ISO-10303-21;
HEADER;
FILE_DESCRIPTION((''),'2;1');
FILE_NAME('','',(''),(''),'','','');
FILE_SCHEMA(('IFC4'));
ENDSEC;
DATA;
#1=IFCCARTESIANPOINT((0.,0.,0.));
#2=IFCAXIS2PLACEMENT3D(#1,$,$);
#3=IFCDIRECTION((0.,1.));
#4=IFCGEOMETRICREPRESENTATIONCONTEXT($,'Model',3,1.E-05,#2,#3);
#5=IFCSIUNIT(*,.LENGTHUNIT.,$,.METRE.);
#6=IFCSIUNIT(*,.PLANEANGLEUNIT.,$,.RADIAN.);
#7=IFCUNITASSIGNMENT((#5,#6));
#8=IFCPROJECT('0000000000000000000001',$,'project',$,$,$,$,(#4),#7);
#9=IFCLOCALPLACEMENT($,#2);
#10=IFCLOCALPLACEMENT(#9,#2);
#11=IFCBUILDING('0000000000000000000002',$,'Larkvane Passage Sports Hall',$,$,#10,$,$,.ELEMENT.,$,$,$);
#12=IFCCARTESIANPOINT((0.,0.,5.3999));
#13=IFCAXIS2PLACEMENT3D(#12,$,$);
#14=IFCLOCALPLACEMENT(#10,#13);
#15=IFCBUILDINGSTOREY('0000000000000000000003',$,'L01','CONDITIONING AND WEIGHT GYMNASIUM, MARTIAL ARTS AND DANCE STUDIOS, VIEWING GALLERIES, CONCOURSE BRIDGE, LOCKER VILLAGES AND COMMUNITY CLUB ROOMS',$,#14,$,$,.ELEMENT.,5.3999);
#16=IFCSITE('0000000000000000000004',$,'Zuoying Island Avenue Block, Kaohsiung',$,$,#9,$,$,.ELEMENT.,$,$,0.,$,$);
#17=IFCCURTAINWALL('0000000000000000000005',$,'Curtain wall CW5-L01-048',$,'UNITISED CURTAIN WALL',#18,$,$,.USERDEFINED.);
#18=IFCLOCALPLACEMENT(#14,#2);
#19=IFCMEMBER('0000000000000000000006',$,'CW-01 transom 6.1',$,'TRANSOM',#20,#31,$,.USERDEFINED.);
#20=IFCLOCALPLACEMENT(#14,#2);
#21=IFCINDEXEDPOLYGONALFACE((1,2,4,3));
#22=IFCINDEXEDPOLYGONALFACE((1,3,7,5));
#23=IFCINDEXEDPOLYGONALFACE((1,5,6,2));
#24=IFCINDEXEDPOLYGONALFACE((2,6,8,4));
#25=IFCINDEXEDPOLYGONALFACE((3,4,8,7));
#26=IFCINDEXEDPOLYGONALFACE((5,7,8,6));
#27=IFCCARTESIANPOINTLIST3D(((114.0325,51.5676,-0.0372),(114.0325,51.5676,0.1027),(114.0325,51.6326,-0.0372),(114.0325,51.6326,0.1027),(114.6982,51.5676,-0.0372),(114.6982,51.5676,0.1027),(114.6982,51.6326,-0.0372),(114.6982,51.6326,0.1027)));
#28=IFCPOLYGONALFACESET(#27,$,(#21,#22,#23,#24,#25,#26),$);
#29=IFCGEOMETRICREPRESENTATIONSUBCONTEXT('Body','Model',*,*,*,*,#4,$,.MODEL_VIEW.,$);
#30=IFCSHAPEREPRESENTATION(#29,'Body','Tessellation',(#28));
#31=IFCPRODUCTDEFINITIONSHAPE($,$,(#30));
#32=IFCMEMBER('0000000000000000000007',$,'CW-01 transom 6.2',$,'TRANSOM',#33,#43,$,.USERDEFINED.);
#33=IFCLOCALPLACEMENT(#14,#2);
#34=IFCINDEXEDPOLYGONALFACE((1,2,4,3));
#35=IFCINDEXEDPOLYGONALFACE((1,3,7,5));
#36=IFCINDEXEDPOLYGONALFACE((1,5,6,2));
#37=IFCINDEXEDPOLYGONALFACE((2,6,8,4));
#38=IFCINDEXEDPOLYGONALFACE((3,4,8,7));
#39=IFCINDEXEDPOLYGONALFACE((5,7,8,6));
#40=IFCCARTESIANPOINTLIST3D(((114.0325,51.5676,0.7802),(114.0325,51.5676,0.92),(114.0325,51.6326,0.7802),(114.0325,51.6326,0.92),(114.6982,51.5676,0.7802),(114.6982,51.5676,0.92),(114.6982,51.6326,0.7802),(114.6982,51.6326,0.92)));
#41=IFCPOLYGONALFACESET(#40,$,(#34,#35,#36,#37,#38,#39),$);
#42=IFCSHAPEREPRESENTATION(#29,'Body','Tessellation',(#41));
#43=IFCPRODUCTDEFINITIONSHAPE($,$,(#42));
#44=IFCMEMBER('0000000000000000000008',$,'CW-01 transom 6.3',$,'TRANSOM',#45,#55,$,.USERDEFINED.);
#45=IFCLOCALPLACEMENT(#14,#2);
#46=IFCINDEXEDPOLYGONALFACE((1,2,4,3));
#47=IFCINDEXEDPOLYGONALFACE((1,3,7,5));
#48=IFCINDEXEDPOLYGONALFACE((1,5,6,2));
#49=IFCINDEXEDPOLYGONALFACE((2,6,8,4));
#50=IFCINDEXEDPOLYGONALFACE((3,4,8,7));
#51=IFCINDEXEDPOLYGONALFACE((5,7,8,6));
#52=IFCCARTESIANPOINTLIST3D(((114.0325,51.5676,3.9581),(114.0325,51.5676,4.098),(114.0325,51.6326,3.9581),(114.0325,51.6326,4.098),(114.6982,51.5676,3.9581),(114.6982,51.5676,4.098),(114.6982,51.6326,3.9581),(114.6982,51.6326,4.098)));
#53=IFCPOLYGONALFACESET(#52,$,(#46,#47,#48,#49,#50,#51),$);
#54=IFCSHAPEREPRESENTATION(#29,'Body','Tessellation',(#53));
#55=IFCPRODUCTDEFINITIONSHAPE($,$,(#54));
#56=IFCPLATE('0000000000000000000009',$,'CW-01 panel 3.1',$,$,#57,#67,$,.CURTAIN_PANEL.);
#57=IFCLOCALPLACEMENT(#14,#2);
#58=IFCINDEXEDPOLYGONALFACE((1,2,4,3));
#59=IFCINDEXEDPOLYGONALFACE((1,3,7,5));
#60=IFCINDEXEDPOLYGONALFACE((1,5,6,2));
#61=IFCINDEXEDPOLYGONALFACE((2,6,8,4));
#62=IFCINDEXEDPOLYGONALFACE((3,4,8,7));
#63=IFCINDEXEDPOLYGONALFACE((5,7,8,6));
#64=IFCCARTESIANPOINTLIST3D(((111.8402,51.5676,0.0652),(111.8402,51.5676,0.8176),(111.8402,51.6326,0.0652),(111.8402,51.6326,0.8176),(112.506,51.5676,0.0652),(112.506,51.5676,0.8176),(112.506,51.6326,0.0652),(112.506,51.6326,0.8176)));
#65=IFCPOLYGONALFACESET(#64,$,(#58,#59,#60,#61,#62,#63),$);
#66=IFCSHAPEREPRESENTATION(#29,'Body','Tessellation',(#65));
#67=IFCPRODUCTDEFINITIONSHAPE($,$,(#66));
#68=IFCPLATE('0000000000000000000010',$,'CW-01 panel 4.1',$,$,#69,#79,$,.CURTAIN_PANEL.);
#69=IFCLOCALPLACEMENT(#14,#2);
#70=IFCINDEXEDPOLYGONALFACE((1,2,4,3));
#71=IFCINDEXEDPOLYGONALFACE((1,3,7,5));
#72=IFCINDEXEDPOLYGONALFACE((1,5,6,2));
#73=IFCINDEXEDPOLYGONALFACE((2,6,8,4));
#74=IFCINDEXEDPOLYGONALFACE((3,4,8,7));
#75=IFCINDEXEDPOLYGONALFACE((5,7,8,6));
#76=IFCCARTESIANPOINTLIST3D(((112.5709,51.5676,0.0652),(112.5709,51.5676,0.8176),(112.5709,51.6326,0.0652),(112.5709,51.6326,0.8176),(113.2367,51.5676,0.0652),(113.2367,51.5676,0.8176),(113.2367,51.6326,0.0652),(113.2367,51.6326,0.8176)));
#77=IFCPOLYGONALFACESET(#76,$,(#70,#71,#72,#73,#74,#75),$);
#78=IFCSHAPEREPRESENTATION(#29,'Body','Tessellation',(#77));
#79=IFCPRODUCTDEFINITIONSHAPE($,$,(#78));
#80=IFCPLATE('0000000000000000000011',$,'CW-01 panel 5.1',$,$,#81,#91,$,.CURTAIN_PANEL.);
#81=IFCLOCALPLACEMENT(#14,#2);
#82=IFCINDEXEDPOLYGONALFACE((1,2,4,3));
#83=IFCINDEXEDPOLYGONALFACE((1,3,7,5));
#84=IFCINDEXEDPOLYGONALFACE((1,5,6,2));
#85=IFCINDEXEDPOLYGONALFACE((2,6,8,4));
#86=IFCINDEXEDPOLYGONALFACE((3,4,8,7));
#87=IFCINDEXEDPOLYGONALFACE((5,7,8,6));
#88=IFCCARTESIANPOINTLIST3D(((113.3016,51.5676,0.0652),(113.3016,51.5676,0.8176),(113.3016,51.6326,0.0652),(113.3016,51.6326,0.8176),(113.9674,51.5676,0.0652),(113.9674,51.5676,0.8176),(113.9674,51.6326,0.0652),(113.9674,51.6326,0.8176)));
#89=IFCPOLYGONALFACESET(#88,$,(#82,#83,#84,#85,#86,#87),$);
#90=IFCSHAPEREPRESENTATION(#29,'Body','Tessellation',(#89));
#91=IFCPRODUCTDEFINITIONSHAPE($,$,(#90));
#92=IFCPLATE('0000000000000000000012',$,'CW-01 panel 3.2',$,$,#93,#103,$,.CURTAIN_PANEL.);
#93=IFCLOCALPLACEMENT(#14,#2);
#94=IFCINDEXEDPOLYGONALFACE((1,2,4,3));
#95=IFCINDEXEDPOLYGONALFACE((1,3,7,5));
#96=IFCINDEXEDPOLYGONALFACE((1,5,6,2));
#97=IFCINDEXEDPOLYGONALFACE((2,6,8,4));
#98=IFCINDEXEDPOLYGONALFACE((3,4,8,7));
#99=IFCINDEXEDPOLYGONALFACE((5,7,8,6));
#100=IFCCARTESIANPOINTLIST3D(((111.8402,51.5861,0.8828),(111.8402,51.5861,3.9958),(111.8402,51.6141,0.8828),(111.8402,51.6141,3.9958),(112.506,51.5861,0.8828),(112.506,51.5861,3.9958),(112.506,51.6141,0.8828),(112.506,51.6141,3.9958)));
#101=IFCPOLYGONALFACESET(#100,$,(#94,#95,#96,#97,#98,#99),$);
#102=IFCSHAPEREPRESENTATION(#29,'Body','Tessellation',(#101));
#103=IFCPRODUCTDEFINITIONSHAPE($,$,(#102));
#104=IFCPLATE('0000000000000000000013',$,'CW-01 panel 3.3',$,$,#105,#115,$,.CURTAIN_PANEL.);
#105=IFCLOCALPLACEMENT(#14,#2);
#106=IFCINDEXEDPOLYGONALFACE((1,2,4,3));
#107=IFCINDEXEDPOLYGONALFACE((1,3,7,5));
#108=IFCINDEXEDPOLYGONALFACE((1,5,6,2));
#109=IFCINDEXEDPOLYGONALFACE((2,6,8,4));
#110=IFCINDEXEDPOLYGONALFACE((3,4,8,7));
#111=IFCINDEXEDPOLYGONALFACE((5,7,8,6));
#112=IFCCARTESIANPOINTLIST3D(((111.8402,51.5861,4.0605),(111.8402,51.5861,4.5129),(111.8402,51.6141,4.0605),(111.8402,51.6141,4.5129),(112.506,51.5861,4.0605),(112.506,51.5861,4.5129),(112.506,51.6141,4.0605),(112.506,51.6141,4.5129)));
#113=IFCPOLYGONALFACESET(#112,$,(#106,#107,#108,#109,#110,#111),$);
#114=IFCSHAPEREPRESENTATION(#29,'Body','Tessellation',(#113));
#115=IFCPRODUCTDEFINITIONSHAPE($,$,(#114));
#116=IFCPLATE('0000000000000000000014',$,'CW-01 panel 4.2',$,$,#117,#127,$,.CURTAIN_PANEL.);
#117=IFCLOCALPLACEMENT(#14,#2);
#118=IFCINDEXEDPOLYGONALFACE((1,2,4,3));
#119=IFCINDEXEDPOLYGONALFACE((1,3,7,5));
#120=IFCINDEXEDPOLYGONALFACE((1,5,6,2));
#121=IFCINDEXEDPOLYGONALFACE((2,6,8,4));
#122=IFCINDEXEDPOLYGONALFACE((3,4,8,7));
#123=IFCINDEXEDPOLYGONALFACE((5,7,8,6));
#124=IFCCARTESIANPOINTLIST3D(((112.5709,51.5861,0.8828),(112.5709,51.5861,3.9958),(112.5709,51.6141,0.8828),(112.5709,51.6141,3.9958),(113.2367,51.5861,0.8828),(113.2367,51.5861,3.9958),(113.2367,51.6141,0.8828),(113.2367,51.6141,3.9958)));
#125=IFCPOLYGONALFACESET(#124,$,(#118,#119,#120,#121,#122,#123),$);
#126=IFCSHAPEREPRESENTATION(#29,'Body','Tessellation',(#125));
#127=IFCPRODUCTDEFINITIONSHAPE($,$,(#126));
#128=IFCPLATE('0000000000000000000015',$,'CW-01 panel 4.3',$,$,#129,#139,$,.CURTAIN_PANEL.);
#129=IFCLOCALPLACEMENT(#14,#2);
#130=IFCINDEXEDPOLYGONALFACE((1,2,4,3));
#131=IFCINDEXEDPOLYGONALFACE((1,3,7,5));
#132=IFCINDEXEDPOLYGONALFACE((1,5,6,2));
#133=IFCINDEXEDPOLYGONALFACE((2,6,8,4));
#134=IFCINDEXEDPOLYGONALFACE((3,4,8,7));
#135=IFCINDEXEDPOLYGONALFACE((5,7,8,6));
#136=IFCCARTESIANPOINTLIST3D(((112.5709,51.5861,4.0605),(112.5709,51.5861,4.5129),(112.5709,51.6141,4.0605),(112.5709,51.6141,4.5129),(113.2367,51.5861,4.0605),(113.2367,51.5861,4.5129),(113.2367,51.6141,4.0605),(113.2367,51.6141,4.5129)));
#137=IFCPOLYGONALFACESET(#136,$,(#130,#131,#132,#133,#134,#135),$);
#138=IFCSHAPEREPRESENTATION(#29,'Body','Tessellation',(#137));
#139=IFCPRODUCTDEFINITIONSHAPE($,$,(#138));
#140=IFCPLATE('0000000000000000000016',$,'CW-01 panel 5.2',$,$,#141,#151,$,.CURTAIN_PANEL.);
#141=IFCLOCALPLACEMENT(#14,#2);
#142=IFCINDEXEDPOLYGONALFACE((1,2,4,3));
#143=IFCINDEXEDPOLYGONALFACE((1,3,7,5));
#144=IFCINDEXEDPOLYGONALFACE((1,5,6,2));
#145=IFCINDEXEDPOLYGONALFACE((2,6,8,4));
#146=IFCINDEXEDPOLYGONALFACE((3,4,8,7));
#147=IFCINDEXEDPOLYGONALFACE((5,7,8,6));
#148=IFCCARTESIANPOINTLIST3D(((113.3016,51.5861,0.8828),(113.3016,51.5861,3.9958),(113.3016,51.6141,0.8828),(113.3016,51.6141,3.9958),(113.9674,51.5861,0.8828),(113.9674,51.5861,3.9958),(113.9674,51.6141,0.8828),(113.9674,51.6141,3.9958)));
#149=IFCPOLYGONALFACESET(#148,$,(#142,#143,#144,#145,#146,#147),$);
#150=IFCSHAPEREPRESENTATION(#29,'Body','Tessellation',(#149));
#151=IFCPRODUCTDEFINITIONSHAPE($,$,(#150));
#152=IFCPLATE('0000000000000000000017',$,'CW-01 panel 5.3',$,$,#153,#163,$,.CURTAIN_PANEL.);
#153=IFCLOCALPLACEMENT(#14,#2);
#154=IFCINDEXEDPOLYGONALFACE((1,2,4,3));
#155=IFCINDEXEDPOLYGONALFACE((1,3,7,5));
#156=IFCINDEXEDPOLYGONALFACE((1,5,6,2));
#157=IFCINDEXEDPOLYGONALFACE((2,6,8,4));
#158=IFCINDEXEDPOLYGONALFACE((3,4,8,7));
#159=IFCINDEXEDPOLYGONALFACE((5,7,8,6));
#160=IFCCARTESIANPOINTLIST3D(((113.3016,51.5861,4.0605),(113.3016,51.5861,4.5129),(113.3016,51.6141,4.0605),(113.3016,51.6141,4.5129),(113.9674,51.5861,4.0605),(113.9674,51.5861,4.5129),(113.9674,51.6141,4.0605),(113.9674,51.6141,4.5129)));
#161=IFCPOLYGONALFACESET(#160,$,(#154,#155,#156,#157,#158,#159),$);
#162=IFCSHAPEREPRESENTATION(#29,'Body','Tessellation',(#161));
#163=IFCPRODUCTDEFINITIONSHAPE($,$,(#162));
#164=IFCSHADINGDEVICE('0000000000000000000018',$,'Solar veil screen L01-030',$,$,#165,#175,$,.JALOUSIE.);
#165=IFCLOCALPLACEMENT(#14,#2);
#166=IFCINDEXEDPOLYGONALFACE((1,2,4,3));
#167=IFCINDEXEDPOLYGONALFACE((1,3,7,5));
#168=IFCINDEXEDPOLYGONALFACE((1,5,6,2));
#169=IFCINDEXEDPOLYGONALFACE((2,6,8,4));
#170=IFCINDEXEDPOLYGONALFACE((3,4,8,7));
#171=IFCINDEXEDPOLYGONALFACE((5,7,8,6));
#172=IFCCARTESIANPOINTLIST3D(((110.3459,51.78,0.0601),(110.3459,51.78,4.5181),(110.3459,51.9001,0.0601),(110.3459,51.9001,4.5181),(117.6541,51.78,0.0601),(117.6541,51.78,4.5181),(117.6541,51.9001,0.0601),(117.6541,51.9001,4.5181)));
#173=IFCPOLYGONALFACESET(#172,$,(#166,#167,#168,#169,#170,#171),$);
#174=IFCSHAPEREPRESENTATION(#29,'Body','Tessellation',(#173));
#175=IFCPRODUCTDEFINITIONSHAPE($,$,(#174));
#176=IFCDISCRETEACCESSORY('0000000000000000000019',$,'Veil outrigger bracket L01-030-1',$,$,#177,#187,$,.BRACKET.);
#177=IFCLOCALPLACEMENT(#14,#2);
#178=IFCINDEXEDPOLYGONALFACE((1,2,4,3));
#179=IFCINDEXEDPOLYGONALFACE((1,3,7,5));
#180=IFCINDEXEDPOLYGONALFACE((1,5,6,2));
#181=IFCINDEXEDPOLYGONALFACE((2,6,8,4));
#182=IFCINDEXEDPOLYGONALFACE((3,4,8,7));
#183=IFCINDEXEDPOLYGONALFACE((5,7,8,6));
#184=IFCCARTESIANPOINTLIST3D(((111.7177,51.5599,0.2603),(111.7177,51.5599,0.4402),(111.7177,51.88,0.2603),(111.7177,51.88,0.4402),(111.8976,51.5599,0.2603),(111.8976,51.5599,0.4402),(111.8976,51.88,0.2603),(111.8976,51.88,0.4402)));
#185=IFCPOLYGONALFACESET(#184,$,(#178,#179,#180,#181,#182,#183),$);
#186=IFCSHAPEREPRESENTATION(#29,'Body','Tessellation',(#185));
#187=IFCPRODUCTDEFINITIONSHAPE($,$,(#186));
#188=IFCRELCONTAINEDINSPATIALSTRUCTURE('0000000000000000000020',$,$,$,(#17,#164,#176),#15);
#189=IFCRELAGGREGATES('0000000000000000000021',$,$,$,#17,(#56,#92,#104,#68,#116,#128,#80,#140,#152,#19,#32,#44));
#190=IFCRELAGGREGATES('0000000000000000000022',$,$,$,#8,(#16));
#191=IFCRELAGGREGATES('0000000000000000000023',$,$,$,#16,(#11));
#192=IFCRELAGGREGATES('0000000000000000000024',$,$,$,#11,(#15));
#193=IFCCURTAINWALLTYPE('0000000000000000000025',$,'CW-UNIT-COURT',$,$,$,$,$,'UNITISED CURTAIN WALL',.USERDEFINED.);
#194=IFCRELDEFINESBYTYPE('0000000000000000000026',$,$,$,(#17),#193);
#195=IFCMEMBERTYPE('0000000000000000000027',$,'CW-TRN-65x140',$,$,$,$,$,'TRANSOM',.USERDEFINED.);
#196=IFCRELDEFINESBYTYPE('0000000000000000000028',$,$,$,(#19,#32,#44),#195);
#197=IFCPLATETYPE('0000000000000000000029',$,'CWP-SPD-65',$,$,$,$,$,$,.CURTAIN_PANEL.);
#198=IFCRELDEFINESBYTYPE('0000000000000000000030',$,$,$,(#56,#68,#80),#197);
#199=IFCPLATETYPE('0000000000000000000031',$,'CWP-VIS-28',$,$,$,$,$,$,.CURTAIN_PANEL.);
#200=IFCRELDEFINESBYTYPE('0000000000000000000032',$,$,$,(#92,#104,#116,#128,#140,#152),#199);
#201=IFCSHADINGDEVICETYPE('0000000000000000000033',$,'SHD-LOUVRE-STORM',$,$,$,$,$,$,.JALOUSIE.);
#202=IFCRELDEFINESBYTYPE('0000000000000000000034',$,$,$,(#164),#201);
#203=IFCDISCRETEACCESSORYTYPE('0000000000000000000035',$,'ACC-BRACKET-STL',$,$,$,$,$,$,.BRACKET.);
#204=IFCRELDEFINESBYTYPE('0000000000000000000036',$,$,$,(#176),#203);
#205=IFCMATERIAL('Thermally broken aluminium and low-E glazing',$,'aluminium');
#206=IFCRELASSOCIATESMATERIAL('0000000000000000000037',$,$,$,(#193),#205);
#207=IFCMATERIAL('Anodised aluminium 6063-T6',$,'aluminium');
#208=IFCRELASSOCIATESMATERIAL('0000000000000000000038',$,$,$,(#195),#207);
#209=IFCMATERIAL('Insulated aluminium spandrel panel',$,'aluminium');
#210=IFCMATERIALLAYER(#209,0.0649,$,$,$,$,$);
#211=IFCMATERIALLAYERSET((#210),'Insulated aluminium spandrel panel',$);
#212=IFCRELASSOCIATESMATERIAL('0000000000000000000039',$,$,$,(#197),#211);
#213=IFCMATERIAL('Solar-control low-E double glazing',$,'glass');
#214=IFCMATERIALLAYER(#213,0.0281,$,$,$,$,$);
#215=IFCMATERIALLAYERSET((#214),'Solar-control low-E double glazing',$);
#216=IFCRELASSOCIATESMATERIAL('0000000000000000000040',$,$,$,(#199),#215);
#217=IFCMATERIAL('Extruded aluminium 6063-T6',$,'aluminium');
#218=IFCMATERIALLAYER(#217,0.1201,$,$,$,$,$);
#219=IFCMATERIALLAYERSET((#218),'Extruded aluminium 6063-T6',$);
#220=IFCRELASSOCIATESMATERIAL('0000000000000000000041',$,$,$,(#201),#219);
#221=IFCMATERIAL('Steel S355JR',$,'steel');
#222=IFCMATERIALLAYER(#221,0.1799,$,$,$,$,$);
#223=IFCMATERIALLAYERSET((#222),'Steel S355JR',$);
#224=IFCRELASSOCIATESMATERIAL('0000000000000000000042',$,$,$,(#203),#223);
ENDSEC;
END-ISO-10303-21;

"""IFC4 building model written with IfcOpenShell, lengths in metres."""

from ifc_helpers import new_model, si_unit, direction, frame, origin, origin_2d, place, context, subcontext, project, spatial, rectangle, extrude, material, layer, layer_set, material_profile, profile_set, type_object, element, aggregate, save


model = new_model("IFC4")

# Units and contexts
model_context = context("Model", 3, precision=1e-05, world=origin(), true_north=direction((0.0, 1.0)))
body_context = subcontext(model_context, "Body", "Model", "MODEL_VIEW")
ifc_project = project(units=[si_unit("LENGTHUNIT", "METRE"), si_unit("PLANEANGLEUNIT", "RADIAN")], contexts=[model_context])

# Site, building, storey
site_placement = place(None, origin())
site = spatial("IfcSite", under=ifc_project, at=site_placement, Name="Zuoying Island Avenue Block, Kaohsiung", CompositionType="ELEMENT", RefElevation=0.0)
building_placement = place(site_placement, origin())
building = spatial("IfcBuilding", under=site, at=building_placement, Name="Larkvane Passage Sports Hall", CompositionType="ELEMENT")
storey_placement = place(building_placement, frame((0.0, 0.0, 5.3999)))
storey = spatial("IfcBuildingStorey", under=building, at=storey_placement, Name="L01", Description="CONDITIONING AND WEIGHT GYMNASIUM, MARTIAL ARTS AND DANCE STUDIOS, VIEWING GALLERIES, CONCOURSE BRIDGE, LOCKER VILLAGES AND COMMUNITY CLUB ROOMS", CompositionType="ELEMENT", Elevation=5.3999)

# Curtain wall, members, plates
ifc_material_1 = material(Name="Thermally broken aluminium and low-E glazing", Category="aluminium")
curtain_wall_type = type_object("IfcCurtainWallType", Name="CW-UNIT-COURT", ElementType="UNITISED CURTAIN WALL", PredefinedType="USERDEFINED", material=ifc_material_1)
curtain_wall_placement = place(storey_placement, origin())
curtain_wall = element("IfcCurtainWall", 1, at=curtain_wall_placement, inside=storey, type_object=curtain_wall_type, Name="Curtain wall CW5-L01-048", ObjectType="UNITISED CURTAIN WALL", PredefinedType="USERDEFINED")
ifc_material_2 = material(Name="Anodised aluminium 6063-T6", Category="aluminium")
ifc_material_profile_1 = material_profile(ifc_material_2, rectangle(XDim=0.0649, YDim=0.1399, at=origin_2d()), Name="ALU-TRN-65x140")
ifc_profile_set_1 = profile_set([ifc_material_profile_1], Name="Anodised aluminium 6063-T6")
member_type_1 = type_object("IfcMemberType", Name="CW-TRN-65x140", ElementType="TRANSOM", PredefinedType="USERDEFINED", material=ifc_profile_set_1)
member_1_placement = place(storey_placement, frame((114.0325, 51.6001, 0.0327), z_axis=(1.0, 0.0, 0.0), x_axis=(0.0, 1.0, 0.0)))
member_1 = element("IfcMember", 2, at=member_1_placement, type_object=member_type_1, Name="CW-01 transom 6.1", ObjectType="TRANSOM", PredefinedType="USERDEFINED", context=body_context, shape_type="SweptSolid", body=[
    extrude(rectangle(XDim=0.0649, YDim=0.1399, at=origin_2d()), origin(), (0.0, 0.0, 1.0), 0.6658),
])
member_2_placement = place(storey_placement, frame((114.0325, 51.6001, 0.8501), z_axis=(1.0, 0.0, 0.0), x_axis=(0.0, 1.0, 0.0)))
member_2 = element("IfcMember", 3, at=member_2_placement, type_object=member_type_1, Name="CW-01 transom 6.2", ObjectType="TRANSOM", PredefinedType="USERDEFINED", context=body_context, shape_type="SweptSolid", body=[
    extrude(rectangle(XDim=0.0649, YDim=0.1399, at=origin_2d()), origin(), (0.0, 0.0, 1.0), 0.6658),
])
member_3_placement = place(storey_placement, frame((114.0325, 51.6001, 4.0281), z_axis=(1.0, 0.0, 0.0), x_axis=(0.0, 1.0, 0.0)))
member_3 = element("IfcMember", 4, at=member_3_placement, type_object=member_type_1, Name="CW-01 transom 6.3", ObjectType="TRANSOM", PredefinedType="USERDEFINED", context=body_context, shape_type="SweptSolid", body=[
    extrude(rectangle(XDim=0.0649, YDim=0.1399, at=origin_2d()), origin(), (0.0, 0.0, 1.0), 0.6658),
])
ifc_material_3 = material(Name="Insulated aluminium spandrel panel", Category="aluminium")
ifc_layer_1 = layer(ifc_material_3, 0.0649)
ifc_layer_set_1 = layer_set([ifc_layer_1], Name="Insulated aluminium spandrel panel")
plate_type_1 = type_object("IfcPlateType", Name="CWP-SPD-65", PredefinedType="CURTAIN_PANEL", material=ifc_layer_set_1)
plate_1_placement = place(storey_placement, frame((112.1731, 51.6001, 0.0652), z_axis=(0.0, 0.0, 1.0), x_axis=(1.0, 0.0, 0.0)))
plate_1 = element("IfcPlate", 5, at=plate_1_placement, type_object=plate_type_1, Name="CW-01 panel 3.1", PredefinedType="CURTAIN_PANEL", context=body_context, shape_type="SweptSolid", body=[
    extrude(rectangle(XDim=0.6658, YDim=0.0649, at=origin_2d()), origin(), (0.0, 0.0, 1.0), 0.7524),
])
plate_2_placement = place(storey_placement, frame((112.9038, 51.6001, 0.0652), z_axis=(0.0, 0.0, 1.0), x_axis=(1.0, 0.0, 0.0)))
plate_2 = element("IfcPlate", 6, at=plate_2_placement, type_object=plate_type_1, Name="CW-01 panel 4.1", PredefinedType="CURTAIN_PANEL", context=body_context, shape_type="SweptSolid", body=[
    extrude(rectangle(XDim=0.6658, YDim=0.0649, at=origin_2d()), origin(), (0.0, 0.0, 1.0), 0.7524),
])
plate_3_placement = place(storey_placement, frame((113.6345, 51.6001, 0.0652), z_axis=(0.0, 0.0, 1.0), x_axis=(1.0, 0.0, 0.0)))
plate_3 = element("IfcPlate", 7, at=plate_3_placement, type_object=plate_type_1, Name="CW-01 panel 5.1", PredefinedType="CURTAIN_PANEL", context=body_context, shape_type="SweptSolid", body=[
    extrude(rectangle(XDim=0.6658, YDim=0.0649, at=origin_2d()), origin(), (0.0, 0.0, 1.0), 0.7524),
])
ifc_material_4 = material(Name="Solar-control low-E double glazing", Category="glass")
ifc_layer_2 = layer(ifc_material_4, 0.0281)
ifc_layer_set_2 = layer_set([ifc_layer_2], Name="Solar-control low-E double glazing")
plate_type_2 = type_object("IfcPlateType", Name="CWP-VIS-28", PredefinedType="CURTAIN_PANEL", material=ifc_layer_set_2)
plate_4_placement = place(storey_placement, frame((112.1731, 51.6001, 0.8828), z_axis=(0.0, 0.0, 1.0), x_axis=(1.0, 0.0, 0.0)))
plate_4 = element("IfcPlate", 8, at=plate_4_placement, type_object=plate_type_2, Name="CW-01 panel 3.2", PredefinedType="CURTAIN_PANEL", context=body_context, shape_type="SweptSolid", body=[
    extrude(rectangle(XDim=0.6658, YDim=0.0281, at=origin_2d()), origin(), (0.0, 0.0, 1.0), 3.113),
])
plate_5_placement = place(storey_placement, frame((112.1731, 51.6001, 4.0605), z_axis=(0.0, 0.0, 1.0), x_axis=(1.0, 0.0, 0.0)))
plate_5 = element("IfcPlate", 9, at=plate_5_placement, type_object=plate_type_2, Name="CW-01 panel 3.3", PredefinedType="CURTAIN_PANEL", context=body_context, shape_type="SweptSolid", body=[
    extrude(rectangle(XDim=0.6658, YDim=0.0281, at=origin_2d()), origin(), (0.0, 0.0, 1.0), 0.4524),
])
plate_6_placement = place(storey_placement, frame((112.9038, 51.6001, 0.8828), z_axis=(0.0, 0.0, 1.0), x_axis=(1.0, 0.0, 0.0)))
plate_6 = element("IfcPlate", 10, at=plate_6_placement, type_object=plate_type_2, Name="CW-01 panel 4.2", PredefinedType="CURTAIN_PANEL", context=body_context, shape_type="SweptSolid", body=[
    extrude(rectangle(XDim=0.6658, YDim=0.0281, at=origin_2d()), origin(), (0.0, 0.0, 1.0), 3.113),
])
plate_7_placement = place(storey_placement, frame((112.9038, 51.6001, 4.0605), z_axis=(0.0, 0.0, 1.0), x_axis=(1.0, 0.0, 0.0)))
plate_7 = element("IfcPlate", 11, at=plate_7_placement, type_object=plate_type_2, Name="CW-01 panel 4.3", PredefinedType="CURTAIN_PANEL", context=body_context, shape_type="SweptSolid", body=[
    extrude(rectangle(XDim=0.6658, YDim=0.0281, at=origin_2d()), origin(), (0.0, 0.0, 1.0), 0.4524),
])
plate_8_placement = place(storey_placement, frame((113.6345, 51.6001, 0.8828), z_axis=(0.0, 0.0, 1.0), x_axis=(1.0, 0.0, 0.0)))
plate_8 = element("IfcPlate", 12, at=plate_8_placement, type_object=plate_type_2, Name="CW-01 panel 5.2", PredefinedType="CURTAIN_PANEL", context=body_context, shape_type="SweptSolid", body=[
    extrude(rectangle(XDim=0.6658, YDim=0.0281, at=origin_2d()), origin(), (0.0, 0.0, 1.0), 3.113),
])
plate_9_placement = place(storey_placement, frame((113.6345, 51.6001, 4.0605), z_axis=(0.0, 0.0, 1.0), x_axis=(1.0, 0.0, 0.0)))
plate_9 = element("IfcPlate", 13, at=plate_9_placement, type_object=plate_type_2, Name="CW-01 panel 5.3", PredefinedType="CURTAIN_PANEL", context=body_context, shape_type="SweptSolid", body=[
    extrude(rectangle(XDim=0.6658, YDim=0.0281, at=origin_2d()), origin(), (0.0, 0.0, 1.0), 0.4524),
])
aggregate(curtain_wall, [plate_1, plate_4, plate_5, plate_2, plate_6, plate_7, plate_3, plate_8, plate_9, member_1, member_2, member_3])

# Shading device
ifc_material_5 = material(Name="Extruded aluminium 6063-T6", Category="aluminium")
ifc_layer_3 = layer(ifc_material_5, 0.1201)
ifc_layer_set_3 = layer_set([ifc_layer_3], Name="Extruded aluminium 6063-T6")
shading_device_type = type_object("IfcShadingDeviceType", Name="SHD-LOUVRE-STORM", PredefinedType="JALOUSIE", material=ifc_layer_set_3)
shading_device_placement = place(storey_placement, frame((114.0, 51.8401, 0.0601), z_axis=(0.0, 0.0, 1.0), x_axis=(1.0, 0.0, 0.0)))
element("IfcShadingDevice", 14, at=shading_device_placement, inside=storey, type_object=shading_device_type, Name="Solar veil screen L01-030", PredefinedType="JALOUSIE", context=body_context, shape_type="SweptSolid", body=[
    extrude(rectangle(XDim=7.3081, YDim=0.1201, at=origin_2d()), origin(), (0.0, 0.0, 1.0), 4.458),
])

# Discrete accessory
ifc_material_6 = material(Name="Steel S355JR", Category="steel")
ifc_layer_4 = layer(ifc_material_6, 0.1799)
ifc_layer_set_4 = layer_set([ifc_layer_4], Name="Steel S355JR")
discrete_accessory_type = type_object("IfcDiscreteAccessoryType", Name="ACC-BRACKET-STL", PredefinedType="BRACKET", material=ifc_layer_set_4)
discrete_accessory_placement = place(storey_placement, frame((111.8076, 51.72, 0.2603), z_axis=(0.0, 0.0, 1.0), x_axis=(1.0, 0.0, 0.0)))
element("IfcDiscreteAccessory", 15, at=discrete_accessory_placement, inside=storey, type_object=discrete_accessory_type, Name="Veil outrigger bracket L01-030-1", PredefinedType="BRACKET", context=body_context, shape_type="SweptSolid", body=[
    extrude(rectangle(XDim=0.1799, YDim=0.3201, at=origin_2d()), origin(), (0.0, 0.0, 1.0), 0.1799),
])

save(model, "model.ifc")
